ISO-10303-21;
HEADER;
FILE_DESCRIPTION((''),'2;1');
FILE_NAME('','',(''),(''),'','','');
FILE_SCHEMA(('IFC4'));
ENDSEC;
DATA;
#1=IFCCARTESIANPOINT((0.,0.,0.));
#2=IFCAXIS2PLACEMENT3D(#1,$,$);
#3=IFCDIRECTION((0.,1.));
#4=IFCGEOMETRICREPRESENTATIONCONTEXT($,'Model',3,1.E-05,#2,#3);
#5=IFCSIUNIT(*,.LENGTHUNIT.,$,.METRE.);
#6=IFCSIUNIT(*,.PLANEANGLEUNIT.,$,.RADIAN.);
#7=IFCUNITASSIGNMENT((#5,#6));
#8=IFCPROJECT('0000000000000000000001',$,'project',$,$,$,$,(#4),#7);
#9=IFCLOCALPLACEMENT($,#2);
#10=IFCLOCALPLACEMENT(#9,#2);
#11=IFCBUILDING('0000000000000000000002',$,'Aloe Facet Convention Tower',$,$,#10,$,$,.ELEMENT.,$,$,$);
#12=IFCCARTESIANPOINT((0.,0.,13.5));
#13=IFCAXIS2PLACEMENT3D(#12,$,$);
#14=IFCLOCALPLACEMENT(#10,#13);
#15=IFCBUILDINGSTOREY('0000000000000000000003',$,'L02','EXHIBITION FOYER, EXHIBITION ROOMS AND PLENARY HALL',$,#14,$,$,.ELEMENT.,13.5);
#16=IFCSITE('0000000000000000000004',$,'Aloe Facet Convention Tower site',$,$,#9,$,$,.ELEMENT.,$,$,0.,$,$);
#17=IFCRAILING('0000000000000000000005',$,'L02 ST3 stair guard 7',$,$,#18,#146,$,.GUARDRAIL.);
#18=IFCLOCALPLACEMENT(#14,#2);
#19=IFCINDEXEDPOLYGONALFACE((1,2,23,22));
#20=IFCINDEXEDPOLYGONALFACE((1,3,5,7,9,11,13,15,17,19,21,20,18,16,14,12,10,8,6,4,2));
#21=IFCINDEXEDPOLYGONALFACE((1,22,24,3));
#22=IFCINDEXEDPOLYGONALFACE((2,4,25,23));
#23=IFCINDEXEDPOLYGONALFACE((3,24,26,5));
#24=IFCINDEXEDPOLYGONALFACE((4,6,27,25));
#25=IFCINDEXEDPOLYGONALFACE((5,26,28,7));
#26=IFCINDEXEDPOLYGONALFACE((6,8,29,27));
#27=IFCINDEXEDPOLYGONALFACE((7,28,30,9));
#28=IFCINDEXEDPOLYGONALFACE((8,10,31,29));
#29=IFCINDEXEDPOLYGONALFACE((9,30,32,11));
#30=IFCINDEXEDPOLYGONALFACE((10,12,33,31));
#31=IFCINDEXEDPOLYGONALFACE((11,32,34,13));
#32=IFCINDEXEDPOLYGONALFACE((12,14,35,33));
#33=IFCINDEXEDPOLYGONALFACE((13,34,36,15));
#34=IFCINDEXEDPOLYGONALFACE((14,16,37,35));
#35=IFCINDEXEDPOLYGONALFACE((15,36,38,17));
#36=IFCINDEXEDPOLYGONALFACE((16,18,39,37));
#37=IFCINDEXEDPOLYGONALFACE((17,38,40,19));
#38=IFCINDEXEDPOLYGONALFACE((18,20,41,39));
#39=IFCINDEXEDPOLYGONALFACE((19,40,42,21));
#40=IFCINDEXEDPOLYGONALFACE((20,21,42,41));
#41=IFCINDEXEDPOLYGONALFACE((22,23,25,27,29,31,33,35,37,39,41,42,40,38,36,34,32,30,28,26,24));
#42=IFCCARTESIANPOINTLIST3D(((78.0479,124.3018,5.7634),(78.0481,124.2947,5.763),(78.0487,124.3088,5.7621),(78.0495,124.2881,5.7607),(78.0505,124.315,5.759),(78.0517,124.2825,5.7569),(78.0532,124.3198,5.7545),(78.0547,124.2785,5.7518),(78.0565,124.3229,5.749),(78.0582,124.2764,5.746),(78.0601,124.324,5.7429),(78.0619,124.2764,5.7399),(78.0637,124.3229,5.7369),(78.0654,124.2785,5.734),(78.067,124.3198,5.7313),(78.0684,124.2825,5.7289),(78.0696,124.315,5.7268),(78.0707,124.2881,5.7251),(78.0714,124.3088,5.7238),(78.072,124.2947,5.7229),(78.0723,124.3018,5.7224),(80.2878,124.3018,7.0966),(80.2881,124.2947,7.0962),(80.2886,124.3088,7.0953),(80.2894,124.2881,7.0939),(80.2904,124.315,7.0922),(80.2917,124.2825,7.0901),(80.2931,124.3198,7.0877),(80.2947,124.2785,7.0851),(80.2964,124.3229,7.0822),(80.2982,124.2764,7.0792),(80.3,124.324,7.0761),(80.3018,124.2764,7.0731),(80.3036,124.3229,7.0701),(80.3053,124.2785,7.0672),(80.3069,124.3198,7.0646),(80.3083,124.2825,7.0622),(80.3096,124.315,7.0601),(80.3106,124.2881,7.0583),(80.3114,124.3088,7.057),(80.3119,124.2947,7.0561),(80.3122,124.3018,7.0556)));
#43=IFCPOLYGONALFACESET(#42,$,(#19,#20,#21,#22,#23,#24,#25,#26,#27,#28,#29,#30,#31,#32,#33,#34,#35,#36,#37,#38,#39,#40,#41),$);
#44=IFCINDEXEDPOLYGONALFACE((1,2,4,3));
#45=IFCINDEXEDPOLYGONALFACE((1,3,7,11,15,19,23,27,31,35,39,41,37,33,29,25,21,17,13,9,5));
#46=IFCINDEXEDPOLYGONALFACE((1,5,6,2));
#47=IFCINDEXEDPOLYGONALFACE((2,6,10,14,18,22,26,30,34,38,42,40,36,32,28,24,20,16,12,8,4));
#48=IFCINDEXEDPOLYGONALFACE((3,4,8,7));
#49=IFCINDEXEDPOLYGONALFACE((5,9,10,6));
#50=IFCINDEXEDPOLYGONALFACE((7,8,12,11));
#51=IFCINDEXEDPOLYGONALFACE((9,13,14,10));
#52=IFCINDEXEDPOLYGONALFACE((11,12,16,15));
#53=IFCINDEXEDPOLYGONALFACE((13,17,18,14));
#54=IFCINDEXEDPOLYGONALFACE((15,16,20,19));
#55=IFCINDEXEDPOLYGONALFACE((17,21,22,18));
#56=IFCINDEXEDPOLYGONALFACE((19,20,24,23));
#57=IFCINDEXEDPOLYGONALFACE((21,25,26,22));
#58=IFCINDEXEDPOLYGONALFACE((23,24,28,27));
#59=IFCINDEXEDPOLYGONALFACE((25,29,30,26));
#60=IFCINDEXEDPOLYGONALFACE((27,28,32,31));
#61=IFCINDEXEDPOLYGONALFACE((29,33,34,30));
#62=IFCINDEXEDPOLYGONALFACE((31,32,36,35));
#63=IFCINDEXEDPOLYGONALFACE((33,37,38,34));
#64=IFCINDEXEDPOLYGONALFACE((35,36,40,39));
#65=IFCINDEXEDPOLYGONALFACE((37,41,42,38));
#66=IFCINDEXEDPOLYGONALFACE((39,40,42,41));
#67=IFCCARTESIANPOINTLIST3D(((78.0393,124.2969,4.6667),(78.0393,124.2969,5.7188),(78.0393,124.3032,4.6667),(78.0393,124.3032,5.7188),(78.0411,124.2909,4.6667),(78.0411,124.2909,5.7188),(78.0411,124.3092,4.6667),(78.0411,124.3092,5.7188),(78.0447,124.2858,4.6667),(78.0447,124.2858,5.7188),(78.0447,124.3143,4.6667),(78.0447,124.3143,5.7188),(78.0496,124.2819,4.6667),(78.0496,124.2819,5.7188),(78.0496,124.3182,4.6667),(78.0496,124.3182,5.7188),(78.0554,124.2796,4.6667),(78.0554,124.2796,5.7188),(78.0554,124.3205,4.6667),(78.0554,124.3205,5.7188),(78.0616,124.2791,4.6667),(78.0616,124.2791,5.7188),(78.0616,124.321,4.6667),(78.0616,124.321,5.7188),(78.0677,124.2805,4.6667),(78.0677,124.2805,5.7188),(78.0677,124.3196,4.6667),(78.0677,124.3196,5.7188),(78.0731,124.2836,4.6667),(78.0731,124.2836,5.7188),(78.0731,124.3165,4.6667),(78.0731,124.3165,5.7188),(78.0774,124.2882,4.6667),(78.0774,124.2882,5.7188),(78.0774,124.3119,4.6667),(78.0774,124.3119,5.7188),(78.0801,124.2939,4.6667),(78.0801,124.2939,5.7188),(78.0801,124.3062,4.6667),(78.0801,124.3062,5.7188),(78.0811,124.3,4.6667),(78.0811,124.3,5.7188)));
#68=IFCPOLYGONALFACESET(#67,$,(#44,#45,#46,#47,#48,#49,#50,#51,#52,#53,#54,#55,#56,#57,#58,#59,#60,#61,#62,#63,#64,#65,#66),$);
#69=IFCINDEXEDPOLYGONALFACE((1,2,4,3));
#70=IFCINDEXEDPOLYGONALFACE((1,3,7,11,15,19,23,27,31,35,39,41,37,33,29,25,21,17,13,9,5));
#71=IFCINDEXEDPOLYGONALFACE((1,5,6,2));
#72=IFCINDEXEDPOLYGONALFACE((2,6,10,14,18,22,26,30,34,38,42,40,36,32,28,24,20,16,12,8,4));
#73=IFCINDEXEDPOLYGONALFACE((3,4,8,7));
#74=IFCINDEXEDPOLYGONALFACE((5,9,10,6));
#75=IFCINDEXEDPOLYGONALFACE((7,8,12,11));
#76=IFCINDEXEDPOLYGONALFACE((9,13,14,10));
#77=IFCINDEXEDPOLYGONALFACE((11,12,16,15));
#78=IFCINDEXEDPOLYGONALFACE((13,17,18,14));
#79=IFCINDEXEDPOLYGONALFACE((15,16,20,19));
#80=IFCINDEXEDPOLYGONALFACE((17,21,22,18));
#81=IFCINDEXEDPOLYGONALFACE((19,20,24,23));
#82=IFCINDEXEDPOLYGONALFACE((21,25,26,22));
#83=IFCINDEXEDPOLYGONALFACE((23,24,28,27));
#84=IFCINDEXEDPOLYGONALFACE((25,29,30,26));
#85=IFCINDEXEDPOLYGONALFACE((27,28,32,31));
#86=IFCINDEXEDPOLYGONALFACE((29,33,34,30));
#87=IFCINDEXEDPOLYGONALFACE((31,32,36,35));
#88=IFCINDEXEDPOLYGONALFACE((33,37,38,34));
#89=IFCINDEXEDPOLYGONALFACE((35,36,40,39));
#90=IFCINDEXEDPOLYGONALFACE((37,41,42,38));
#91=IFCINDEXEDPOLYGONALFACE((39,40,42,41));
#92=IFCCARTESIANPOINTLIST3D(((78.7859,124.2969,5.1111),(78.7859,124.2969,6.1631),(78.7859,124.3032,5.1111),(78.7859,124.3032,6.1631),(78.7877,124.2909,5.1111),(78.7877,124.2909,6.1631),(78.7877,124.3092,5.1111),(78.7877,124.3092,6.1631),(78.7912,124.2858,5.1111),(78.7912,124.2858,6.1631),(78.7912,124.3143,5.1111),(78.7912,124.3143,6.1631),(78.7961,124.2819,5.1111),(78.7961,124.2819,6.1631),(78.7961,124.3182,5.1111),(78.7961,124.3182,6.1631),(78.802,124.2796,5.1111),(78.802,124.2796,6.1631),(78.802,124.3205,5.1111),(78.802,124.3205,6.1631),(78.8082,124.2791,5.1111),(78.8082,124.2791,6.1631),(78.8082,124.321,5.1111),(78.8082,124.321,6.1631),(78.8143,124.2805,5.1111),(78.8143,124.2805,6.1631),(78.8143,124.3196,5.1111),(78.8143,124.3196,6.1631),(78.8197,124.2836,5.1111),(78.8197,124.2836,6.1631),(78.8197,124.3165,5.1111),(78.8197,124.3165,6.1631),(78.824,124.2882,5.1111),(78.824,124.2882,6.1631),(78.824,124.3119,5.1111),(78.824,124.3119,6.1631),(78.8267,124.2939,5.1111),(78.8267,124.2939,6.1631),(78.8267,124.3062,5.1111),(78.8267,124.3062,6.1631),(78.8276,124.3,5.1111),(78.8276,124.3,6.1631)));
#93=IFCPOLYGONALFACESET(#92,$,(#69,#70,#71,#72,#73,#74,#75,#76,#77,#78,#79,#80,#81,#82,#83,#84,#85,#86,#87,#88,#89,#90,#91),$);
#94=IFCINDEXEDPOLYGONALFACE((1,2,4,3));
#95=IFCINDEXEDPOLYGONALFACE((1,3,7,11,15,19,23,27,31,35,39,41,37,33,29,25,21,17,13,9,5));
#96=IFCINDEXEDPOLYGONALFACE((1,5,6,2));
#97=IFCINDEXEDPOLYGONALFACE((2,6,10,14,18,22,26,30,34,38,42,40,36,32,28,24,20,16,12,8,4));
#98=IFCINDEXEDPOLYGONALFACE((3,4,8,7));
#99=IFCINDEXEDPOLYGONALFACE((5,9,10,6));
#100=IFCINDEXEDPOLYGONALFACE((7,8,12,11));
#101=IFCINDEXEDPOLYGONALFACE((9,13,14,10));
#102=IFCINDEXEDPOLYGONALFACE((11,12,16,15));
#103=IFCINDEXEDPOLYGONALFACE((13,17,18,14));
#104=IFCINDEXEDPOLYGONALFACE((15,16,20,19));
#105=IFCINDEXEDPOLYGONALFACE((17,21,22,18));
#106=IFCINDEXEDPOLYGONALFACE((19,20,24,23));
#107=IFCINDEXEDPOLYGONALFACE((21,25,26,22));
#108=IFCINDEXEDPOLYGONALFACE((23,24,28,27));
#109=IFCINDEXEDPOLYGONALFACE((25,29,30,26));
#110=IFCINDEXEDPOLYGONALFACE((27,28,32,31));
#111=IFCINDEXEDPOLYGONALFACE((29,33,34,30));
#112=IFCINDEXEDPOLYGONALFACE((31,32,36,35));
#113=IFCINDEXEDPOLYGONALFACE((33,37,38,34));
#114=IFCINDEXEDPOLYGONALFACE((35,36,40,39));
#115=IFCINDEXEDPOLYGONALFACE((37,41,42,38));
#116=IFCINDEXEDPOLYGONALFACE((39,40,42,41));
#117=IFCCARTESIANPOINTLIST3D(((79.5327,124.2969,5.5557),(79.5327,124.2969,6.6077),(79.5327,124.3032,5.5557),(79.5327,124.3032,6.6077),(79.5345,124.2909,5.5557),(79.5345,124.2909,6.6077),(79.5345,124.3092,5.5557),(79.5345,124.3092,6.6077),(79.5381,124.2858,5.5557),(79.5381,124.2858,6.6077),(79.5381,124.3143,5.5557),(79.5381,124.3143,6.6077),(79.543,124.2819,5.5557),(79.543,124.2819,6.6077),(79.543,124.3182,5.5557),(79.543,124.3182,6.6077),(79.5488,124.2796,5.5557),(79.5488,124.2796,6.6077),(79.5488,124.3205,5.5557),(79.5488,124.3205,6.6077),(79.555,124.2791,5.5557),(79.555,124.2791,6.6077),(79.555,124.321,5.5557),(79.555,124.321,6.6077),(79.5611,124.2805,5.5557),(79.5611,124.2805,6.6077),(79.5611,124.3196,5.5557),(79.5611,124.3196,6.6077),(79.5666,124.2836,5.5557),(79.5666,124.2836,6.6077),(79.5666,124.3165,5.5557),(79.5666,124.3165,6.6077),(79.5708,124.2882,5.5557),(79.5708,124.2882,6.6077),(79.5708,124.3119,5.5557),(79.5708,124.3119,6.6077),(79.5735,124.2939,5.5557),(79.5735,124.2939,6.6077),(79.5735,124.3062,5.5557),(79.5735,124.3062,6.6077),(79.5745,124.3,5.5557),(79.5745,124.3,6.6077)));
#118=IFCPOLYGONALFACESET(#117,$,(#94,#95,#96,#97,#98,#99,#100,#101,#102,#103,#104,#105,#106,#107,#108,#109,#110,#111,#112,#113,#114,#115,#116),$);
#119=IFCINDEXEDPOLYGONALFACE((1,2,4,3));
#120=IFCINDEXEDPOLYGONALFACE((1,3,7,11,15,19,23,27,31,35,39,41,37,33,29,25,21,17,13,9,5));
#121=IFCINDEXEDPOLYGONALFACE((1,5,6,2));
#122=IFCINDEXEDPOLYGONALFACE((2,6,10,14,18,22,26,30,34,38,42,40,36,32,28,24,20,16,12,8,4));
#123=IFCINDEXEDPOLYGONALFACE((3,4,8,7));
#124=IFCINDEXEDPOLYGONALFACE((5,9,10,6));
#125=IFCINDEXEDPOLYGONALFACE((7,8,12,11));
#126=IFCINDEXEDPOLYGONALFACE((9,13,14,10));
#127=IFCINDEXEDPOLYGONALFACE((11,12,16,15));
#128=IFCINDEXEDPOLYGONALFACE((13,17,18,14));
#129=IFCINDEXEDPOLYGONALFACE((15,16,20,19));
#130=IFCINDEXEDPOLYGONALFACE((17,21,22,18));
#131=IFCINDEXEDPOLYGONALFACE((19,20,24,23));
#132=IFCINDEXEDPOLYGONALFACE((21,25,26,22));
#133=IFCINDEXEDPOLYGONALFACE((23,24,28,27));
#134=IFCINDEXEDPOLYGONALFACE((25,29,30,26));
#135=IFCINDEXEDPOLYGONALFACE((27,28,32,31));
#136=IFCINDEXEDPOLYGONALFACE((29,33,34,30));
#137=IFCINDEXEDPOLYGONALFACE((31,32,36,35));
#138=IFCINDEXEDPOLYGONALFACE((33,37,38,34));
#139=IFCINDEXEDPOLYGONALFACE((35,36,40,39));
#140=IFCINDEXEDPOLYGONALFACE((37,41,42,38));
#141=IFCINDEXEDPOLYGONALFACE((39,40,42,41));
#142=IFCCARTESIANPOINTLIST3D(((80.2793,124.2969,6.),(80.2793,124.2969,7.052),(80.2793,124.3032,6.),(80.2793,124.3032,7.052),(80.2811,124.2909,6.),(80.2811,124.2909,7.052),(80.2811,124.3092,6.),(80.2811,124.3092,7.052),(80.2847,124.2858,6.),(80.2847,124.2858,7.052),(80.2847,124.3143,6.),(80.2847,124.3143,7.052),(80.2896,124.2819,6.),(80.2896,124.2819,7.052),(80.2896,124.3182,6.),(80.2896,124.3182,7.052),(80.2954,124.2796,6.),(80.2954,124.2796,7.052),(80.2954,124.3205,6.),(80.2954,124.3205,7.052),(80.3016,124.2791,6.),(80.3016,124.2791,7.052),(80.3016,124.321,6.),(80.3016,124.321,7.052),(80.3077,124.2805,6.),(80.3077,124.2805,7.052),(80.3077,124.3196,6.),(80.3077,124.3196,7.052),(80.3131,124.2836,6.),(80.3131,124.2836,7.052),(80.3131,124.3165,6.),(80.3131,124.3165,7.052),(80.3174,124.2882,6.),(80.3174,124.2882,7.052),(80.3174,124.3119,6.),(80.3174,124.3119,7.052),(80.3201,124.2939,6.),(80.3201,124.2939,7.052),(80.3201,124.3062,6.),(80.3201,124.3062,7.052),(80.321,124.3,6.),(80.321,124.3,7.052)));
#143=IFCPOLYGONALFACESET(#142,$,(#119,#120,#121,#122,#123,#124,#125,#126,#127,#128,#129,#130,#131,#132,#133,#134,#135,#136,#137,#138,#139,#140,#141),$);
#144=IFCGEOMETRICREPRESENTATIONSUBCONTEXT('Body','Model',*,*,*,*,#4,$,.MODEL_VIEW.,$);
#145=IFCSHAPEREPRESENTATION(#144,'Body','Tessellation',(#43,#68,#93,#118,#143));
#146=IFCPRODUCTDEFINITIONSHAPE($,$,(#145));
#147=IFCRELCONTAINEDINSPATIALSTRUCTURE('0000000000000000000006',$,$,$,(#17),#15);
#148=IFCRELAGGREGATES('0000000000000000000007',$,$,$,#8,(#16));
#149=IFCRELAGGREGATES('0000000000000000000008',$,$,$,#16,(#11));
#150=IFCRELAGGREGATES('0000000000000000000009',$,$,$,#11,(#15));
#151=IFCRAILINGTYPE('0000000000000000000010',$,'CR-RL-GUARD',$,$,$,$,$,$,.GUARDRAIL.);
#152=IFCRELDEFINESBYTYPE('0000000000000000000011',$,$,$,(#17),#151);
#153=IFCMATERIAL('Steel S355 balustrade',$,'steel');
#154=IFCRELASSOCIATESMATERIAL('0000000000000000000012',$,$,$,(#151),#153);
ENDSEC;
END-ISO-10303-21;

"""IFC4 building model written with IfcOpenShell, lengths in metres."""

from ifc_helpers import new_model, si_unit, direction, frame, origin, origin_2d, place, context, subcontext, project, spatial, circle, extrude, material, type_object, element, save


model = new_model("IFC4")

# Units and contexts
model_context = context("Model", 3, precision=1e-05, world=origin(), true_north=direction((0.0, 1.0)))
body_context = subcontext(model_context, "Body", "Model", "MODEL_VIEW")
ifc_project = project(units=[si_unit("LENGTHUNIT", "METRE"), si_unit("PLANEANGLEUNIT", "RADIAN")], contexts=[model_context])

# Site, building, storey
site_placement = place(None, origin())
site = spatial("IfcSite", under=ifc_project, at=site_placement, Name="Aloe Facet Convention Tower site", CompositionType="ELEMENT", RefElevation=0.0)
building_placement = place(site_placement, origin())
building = spatial("IfcBuilding", under=site, at=building_placement, Name="Aloe Facet Convention Tower", CompositionType="ELEMENT")
storey_placement = place(building_placement, frame((0.0, 0.0, 13.5)))
storey = spatial("IfcBuildingStorey", under=building, at=storey_placement, Name="L02", Description="EXHIBITION FOYER, EXHIBITION ROOMS AND PLENARY HALL", CompositionType="ELEMENT", Elevation=13.5)

# Railing
ifc_material_1 = material(Name="Steel S355 balustrade", Category="steel")
railing_type_1 = type_object("IfcRailingType", Name="CR-RL-GUARD", PredefinedType="GUARDRAIL", material=ifc_material_1)
railing_1_placement = place(storey_placement, frame((78.0601, 124.3, 4.6667)))
element("IfcRailing", 1, at=railing_1_placement, inside=storey, type_object=railing_type_1, Name="L02 ST3 stair guard 7", PredefinedType="GUARDRAIL", context=body_context, shape_type="SweptSolid", body=[
    extrude(circle(Radius=0.0239, at=origin_2d()), frame((0.0, 0.0, 1.0762), z_axis=(0.859306, 0.0, 0.511462), x_axis=(0.0, 1.0, 0.0)), (0.0, 0.0, 1.0), 2.6067),
    extrude(circle(Radius=0.021, at=origin_2d()), origin(), (0.0, 0.0, 1.0), 1.052),
    extrude(circle(Radius=0.021, at=origin_2d()), frame((0.7466, 0.0, 0.4443)), (0.0, 0.0, 1.0), 1.052),
    extrude(circle(Radius=0.021, at=origin_2d()), frame((1.4934, 0.0, 0.8889)), (0.0, 0.0, 1.0), 1.052),
    extrude(circle(Radius=0.021, at=origin_2d()), frame((2.24, 0.0, 1.3333)), (0.0, 0.0, 1.0), 1.052),
])

save(model, "model.ifc")
